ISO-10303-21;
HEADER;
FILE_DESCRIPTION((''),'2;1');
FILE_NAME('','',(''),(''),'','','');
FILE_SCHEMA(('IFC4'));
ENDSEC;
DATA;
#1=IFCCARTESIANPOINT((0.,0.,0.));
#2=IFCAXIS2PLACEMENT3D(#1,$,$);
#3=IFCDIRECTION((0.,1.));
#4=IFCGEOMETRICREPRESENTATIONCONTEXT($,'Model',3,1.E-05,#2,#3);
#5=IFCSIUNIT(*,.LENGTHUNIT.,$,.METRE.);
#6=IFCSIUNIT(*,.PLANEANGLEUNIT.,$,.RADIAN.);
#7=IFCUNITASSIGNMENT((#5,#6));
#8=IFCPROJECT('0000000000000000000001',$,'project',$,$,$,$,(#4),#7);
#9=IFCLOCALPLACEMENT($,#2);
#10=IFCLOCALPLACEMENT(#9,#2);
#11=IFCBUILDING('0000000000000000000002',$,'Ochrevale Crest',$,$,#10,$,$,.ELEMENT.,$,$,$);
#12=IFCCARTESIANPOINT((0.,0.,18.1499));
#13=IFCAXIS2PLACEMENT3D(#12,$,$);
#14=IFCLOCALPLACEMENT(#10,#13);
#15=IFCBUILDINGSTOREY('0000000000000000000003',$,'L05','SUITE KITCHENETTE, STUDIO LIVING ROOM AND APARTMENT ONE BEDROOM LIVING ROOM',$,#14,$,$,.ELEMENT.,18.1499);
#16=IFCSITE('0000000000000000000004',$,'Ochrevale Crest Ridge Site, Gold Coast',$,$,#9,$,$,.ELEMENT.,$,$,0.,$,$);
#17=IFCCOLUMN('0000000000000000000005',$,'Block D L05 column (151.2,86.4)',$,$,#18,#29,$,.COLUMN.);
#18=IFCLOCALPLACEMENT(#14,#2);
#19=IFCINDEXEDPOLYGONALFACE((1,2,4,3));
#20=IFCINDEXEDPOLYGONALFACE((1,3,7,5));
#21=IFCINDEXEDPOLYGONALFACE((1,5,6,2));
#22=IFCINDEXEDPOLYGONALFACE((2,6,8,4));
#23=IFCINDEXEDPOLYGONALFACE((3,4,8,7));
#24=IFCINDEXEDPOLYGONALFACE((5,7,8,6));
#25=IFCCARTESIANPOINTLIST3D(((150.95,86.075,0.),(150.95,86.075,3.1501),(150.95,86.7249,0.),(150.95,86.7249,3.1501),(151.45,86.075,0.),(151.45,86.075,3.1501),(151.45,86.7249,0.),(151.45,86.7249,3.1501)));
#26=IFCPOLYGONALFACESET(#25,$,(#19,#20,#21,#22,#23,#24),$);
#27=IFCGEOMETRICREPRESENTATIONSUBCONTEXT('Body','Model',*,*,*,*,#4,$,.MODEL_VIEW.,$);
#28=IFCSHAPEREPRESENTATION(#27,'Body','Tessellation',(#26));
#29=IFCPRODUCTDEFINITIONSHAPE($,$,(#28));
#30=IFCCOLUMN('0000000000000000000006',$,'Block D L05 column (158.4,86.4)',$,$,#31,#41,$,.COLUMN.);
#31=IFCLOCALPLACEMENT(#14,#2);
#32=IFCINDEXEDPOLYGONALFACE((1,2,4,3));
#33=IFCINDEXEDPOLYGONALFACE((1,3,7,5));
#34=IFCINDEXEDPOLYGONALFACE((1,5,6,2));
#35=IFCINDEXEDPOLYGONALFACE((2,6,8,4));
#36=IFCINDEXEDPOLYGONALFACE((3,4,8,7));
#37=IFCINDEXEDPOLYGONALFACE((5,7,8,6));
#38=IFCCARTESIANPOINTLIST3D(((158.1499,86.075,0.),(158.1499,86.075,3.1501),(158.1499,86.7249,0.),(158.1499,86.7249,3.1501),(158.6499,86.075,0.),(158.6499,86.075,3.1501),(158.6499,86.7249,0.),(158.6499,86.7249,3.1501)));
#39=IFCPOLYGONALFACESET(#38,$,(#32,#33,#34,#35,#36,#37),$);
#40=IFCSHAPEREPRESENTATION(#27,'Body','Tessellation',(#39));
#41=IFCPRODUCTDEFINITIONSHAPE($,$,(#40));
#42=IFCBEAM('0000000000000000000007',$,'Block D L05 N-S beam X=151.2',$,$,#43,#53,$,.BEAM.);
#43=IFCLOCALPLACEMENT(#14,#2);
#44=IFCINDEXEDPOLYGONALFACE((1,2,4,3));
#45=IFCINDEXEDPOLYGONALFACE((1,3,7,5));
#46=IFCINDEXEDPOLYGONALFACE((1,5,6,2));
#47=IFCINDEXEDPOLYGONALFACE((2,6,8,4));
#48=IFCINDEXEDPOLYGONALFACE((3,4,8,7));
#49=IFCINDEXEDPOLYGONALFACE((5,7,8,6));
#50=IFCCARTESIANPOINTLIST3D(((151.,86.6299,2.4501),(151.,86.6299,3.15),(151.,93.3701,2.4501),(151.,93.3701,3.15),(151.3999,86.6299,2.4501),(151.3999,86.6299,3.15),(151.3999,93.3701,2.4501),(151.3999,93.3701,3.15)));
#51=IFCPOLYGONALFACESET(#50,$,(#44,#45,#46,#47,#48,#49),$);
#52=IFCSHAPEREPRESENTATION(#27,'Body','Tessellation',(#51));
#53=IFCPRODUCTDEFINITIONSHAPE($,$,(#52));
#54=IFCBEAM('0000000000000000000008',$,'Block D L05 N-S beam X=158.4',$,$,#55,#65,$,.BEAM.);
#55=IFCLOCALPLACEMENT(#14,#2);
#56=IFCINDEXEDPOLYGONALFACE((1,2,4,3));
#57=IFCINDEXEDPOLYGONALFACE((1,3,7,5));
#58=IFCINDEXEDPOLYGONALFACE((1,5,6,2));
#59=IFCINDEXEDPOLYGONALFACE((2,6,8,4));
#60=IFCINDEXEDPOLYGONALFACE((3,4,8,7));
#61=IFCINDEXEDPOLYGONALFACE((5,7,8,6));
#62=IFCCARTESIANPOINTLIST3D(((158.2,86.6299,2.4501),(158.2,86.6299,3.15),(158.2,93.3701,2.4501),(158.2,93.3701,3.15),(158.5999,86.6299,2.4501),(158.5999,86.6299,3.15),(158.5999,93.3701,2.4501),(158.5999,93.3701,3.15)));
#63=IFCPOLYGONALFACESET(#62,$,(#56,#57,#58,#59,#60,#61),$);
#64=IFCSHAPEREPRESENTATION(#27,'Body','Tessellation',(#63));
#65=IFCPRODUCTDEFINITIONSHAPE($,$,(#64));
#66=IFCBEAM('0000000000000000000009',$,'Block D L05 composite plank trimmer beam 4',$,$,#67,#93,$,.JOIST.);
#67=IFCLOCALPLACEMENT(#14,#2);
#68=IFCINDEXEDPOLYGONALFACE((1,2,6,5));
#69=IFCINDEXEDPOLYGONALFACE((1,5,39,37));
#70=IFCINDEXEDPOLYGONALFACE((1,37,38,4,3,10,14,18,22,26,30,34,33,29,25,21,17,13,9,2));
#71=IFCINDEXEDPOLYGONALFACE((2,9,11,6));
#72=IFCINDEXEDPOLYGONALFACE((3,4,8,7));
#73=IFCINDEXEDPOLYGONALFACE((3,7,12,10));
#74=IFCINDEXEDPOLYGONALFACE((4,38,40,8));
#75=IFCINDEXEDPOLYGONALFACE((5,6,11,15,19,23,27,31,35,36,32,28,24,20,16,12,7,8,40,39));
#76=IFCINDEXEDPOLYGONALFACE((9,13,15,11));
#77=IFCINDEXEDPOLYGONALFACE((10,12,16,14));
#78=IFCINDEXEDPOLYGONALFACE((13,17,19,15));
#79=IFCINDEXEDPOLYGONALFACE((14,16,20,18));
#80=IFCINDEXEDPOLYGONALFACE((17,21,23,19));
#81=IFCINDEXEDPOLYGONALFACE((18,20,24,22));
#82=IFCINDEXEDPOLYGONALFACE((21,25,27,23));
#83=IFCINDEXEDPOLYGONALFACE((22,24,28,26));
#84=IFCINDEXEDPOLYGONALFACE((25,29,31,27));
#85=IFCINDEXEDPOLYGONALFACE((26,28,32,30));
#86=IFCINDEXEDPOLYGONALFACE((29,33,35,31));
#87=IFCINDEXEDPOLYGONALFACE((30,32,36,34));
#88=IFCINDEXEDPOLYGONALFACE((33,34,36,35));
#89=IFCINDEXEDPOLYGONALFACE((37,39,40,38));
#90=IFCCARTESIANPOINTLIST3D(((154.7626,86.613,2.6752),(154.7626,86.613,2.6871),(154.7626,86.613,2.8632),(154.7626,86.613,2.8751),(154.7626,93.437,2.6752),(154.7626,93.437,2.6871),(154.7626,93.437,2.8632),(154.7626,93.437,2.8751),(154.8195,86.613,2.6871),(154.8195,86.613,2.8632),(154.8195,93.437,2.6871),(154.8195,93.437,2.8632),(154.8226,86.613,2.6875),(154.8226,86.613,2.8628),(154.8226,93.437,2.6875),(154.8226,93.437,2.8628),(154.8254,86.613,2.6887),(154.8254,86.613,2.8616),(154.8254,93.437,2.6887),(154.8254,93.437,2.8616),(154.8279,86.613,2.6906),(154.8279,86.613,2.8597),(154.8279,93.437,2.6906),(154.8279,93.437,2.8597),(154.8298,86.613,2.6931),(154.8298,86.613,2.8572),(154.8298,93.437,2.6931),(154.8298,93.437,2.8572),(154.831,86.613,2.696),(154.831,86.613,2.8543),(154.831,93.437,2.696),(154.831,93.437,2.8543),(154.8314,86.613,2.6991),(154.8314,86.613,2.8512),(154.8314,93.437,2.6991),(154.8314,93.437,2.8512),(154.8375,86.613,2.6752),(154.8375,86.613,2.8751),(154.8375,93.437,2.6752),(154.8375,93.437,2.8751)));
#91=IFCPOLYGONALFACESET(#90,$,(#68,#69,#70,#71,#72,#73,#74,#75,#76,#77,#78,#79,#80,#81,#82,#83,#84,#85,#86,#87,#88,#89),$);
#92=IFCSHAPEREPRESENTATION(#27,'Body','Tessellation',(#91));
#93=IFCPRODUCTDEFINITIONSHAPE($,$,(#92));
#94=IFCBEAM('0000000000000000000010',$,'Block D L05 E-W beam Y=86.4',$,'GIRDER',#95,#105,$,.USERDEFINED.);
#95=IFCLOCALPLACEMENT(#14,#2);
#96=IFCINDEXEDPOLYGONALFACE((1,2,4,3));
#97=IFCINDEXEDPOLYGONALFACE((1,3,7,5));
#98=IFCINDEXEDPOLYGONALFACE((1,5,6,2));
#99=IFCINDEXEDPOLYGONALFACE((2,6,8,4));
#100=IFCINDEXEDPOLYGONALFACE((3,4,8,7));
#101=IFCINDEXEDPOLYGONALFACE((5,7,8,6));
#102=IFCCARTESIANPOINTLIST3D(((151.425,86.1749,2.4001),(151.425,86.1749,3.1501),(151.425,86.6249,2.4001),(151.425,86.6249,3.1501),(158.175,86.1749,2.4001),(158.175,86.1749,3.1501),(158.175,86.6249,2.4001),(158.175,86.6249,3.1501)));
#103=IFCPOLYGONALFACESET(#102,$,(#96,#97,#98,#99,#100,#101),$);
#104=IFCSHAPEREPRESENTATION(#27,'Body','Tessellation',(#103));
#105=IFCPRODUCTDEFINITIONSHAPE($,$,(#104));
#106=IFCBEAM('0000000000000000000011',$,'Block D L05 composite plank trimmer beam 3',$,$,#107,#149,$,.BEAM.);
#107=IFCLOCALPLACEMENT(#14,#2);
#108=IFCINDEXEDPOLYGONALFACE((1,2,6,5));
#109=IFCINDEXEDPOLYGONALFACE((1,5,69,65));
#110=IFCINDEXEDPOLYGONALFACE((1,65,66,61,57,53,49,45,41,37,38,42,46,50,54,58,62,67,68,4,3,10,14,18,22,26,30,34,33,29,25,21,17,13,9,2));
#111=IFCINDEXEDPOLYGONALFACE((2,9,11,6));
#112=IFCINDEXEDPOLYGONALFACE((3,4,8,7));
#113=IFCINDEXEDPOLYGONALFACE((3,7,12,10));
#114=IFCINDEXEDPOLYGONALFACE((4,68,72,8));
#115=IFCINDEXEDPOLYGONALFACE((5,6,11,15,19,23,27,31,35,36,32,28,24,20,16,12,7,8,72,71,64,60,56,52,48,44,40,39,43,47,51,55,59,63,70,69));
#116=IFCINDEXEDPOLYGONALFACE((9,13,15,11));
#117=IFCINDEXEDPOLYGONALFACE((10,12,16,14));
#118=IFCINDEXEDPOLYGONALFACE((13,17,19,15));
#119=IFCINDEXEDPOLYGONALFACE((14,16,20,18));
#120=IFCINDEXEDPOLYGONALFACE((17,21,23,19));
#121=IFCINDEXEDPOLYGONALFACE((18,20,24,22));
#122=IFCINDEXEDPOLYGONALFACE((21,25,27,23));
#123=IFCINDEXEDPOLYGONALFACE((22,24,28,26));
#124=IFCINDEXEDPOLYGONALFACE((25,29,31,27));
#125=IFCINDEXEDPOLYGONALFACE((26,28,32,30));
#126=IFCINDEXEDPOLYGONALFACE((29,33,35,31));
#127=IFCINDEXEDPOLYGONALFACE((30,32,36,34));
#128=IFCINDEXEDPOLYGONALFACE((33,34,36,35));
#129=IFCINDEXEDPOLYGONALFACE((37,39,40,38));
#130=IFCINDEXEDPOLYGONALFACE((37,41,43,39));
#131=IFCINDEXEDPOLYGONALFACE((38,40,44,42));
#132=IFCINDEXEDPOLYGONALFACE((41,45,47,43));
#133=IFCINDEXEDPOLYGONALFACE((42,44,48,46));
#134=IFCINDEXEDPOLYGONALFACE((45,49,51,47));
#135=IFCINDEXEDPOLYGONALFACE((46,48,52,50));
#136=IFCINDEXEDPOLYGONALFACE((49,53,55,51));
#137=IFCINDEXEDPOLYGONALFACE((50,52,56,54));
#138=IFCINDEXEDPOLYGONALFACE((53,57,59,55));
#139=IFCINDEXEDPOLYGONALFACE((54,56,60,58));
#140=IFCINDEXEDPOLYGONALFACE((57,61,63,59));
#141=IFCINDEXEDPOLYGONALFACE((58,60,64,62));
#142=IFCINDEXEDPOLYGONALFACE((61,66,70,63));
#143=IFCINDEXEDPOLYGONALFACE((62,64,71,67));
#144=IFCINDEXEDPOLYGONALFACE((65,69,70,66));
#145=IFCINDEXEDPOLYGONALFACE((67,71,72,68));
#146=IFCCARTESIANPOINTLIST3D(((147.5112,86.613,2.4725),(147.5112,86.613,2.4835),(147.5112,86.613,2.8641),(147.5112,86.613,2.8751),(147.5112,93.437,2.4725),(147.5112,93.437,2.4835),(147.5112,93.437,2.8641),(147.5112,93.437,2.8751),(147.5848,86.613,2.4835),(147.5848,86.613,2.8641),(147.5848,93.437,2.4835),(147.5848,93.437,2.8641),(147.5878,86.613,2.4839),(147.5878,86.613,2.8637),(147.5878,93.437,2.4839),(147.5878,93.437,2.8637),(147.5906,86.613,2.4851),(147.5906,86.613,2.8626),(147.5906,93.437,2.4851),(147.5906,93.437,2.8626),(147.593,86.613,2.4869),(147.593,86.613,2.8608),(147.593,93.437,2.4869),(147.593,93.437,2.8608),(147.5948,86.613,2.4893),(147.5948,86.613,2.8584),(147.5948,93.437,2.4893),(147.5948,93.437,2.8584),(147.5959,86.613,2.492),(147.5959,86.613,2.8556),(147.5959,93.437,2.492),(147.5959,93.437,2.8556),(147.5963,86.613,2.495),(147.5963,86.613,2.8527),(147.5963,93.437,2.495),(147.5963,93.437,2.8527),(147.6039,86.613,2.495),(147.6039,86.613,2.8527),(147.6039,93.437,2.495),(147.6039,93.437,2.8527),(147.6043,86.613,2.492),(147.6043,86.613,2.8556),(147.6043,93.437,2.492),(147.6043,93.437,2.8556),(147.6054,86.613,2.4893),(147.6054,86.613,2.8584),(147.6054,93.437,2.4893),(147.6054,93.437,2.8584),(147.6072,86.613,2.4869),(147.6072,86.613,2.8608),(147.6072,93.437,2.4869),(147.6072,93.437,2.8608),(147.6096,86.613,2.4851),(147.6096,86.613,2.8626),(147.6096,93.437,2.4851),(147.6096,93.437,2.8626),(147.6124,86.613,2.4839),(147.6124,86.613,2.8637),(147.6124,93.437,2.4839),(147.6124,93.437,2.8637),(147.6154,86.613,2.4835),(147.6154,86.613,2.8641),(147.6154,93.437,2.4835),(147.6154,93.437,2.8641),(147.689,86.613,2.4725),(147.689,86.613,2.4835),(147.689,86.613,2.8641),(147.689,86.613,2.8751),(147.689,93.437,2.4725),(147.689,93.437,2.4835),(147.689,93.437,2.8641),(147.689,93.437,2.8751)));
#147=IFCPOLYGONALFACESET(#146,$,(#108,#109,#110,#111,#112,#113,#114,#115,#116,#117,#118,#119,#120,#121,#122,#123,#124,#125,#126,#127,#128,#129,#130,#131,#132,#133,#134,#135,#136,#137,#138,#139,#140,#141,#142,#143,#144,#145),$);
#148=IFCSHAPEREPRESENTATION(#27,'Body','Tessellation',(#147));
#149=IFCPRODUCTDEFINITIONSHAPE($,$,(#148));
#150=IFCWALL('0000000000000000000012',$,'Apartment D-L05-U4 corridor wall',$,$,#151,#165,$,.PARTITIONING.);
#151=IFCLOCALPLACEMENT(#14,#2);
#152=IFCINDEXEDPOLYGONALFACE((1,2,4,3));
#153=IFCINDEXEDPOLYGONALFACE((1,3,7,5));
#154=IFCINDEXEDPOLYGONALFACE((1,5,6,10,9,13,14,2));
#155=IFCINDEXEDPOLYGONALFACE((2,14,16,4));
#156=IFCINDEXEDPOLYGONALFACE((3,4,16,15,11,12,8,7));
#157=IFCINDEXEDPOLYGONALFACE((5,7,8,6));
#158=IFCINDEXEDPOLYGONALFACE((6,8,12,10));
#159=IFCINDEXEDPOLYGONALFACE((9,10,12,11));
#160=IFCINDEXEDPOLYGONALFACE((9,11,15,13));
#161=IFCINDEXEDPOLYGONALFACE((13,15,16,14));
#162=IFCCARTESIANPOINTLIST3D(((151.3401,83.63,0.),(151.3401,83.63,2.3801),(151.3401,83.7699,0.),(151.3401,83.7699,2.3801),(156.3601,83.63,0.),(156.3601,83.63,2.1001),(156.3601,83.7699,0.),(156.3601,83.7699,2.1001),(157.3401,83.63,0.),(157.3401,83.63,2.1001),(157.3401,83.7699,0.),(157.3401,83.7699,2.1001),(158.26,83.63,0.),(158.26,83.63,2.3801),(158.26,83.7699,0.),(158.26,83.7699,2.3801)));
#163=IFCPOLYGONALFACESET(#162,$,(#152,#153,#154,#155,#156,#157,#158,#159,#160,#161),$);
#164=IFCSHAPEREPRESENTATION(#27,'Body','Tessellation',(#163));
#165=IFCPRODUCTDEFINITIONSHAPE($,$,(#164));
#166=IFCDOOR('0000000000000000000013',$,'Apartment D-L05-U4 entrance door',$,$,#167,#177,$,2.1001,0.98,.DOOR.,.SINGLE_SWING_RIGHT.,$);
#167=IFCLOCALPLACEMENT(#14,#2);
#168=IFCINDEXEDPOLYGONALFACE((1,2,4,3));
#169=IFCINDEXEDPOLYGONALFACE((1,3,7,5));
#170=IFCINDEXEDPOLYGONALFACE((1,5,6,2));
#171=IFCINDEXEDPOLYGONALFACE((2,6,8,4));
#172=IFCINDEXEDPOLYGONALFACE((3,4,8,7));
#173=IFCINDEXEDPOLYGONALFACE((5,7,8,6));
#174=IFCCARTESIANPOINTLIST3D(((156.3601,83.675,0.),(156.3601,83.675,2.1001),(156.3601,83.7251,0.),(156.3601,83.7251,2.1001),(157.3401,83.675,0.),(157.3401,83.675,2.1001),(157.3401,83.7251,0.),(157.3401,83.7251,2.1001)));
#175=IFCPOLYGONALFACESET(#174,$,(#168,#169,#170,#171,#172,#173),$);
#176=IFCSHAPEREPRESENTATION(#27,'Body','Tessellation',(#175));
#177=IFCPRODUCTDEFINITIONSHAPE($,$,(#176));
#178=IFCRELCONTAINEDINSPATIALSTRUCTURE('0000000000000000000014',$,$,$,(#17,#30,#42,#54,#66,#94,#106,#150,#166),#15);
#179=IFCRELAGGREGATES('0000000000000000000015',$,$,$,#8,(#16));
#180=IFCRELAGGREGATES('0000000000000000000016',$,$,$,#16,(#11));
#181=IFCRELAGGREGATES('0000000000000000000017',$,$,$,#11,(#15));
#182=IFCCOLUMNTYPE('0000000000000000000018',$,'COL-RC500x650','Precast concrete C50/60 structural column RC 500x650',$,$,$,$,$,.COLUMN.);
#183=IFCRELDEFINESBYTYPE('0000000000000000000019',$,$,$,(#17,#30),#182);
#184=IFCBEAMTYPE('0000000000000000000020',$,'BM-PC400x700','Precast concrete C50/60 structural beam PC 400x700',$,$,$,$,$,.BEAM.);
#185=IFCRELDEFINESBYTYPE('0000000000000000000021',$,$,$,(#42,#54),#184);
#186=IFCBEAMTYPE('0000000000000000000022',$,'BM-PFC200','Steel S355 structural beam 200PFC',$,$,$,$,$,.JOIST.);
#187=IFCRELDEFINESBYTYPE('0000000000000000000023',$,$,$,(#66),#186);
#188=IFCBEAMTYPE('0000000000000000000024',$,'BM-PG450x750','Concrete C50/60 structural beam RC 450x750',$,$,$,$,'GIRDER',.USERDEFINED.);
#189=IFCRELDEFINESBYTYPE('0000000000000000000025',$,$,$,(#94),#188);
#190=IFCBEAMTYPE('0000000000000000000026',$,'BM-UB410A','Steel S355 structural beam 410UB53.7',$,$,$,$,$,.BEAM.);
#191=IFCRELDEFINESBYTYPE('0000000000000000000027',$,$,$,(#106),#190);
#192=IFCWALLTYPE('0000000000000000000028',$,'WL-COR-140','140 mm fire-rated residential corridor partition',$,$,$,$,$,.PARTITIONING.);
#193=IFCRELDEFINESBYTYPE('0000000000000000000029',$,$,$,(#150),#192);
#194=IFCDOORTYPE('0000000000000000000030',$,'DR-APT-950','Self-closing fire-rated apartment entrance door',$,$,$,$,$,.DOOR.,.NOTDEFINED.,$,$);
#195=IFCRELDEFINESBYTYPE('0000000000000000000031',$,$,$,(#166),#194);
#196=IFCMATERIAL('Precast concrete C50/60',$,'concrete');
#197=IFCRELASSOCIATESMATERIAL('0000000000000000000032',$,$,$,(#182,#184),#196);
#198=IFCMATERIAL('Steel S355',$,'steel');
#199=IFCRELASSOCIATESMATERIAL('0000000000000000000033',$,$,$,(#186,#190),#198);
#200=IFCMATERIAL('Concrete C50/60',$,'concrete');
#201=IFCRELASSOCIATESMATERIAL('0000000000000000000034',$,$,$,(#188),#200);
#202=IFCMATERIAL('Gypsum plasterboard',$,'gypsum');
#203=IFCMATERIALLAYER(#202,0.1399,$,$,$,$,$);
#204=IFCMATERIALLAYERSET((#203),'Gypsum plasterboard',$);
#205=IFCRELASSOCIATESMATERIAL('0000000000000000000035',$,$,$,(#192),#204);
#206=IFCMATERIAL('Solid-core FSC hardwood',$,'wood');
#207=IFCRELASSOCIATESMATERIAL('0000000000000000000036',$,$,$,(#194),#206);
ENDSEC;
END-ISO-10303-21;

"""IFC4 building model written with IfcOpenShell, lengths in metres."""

from ifc_helpers import new_model, si_unit, direction, frame, frame_2d, origin, origin_2d, place, context, subcontext, project, spatial, rectangle, i_section, u_section, extrude, material, layer, layer_set, material_profile, profile_set, type_object, element, fill, save


model = new_model("IFC4")

# Units and contexts
model_context = context("Model", 3, precision=1e-05, world=origin(), true_north=direction((0.0, 1.0)))
body_context = subcontext(model_context, "Body", "Model", "MODEL_VIEW")
ifc_project = project(units=[si_unit("LENGTHUNIT", "METRE"), si_unit("PLANEANGLEUNIT", "RADIAN")], contexts=[model_context])

# Site, building, storey
site_placement = place(None, origin())
site = spatial("IfcSite", under=ifc_project, at=site_placement, Name="Ochrevale Crest Ridge Site, Gold Coast", CompositionType="ELEMENT", RefElevation=0.0)
building_placement = place(site_placement, origin())
building = spatial("IfcBuilding", under=site, at=building_placement, Name="Ochrevale Crest", CompositionType="ELEMENT")
storey_placement = place(building_placement, frame((0.0, 0.0, 18.1499)))
storey = spatial("IfcBuildingStorey", under=building, at=storey_placement, Name="L05", Description="SUITE KITCHENETTE, STUDIO LIVING ROOM AND APARTMENT ONE BEDROOM LIVING ROOM", CompositionType="ELEMENT", Elevation=18.1499)

# Columns
ifc_material_1 = material(Name="Precast concrete C50/60", Category="concrete")
ifc_material_profile_1 = material_profile(ifc_material_1, rectangle(XDim=0.5, YDim=0.6499, at=origin_2d()), Name="RC 500x650")
ifc_profile_set_1 = profile_set([ifc_material_profile_1], Name="Precast concrete C50/60")
column_type = type_object("IfcColumnType", Name="COL-RC500x650", Description="Precast concrete C50/60 structural column RC 500x650", PredefinedType="COLUMN", material=ifc_profile_set_1)
for number, where, z_axis, x_axis, name in (
    (1, (151.2, 86.3999, 0.0), (0.0, 0.0, 1.0), (1.0, 0.0, 0.0), "Block D L05 column (151.2,86.4)"),
    (2, (158.3999, 86.3999, 0.0), (0.0, 0.0, 1.0), (1.0, 0.0, 0.0), "Block D L05 column (158.4,86.4)"),
):
    element("IfcColumn", number, at=place(storey_placement, frame(where, z_axis=z_axis, x_axis=x_axis)), inside=storey, type_object=column_type, Name=name, PredefinedType="COLUMN", context=body_context, shape_type="SweptSolid", body=[
        extrude(rectangle(XDim=0.5, YDim=0.6499, at=origin_2d()), origin(), (0.0, 0.0, 1.0), 3.1501),
    ])

# Beams
ifc_material_profile_2 = material_profile(ifc_material_1, rectangle(XDim=0.3999, YDim=0.7, at=origin_2d()), Name="PC 400x700")
ifc_profile_set_2 = profile_set([ifc_material_profile_2], Name="Precast concrete C50/60")
beam_type_1 = type_object("IfcBeamType", Name="BM-PC400x700", Description="Precast concrete C50/60 structural beam PC 400x700", PredefinedType="BEAM", material=ifc_profile_set_2)
for number, where, z_axis, x_axis, name in (
    (3, (151.2, 86.6299, 2.8), (0.0, 1.0, 0.0), (-1.0, 0.0, 0.0), "Block D L05 N-S beam X=151.2"),
    (4, (158.3999, 86.6299, 2.8), (0.0, 1.0, 0.0), (-1.0, 0.0, 0.0), "Block D L05 N-S beam X=158.4"),
):
    element("IfcBeam", number, at=place(storey_placement, frame(where, z_axis=z_axis, x_axis=x_axis)), inside=storey, type_object=beam_type_1, Name=name, PredefinedType="BEAM", context=body_context, shape_type="SweptSolid", body=[
        extrude(rectangle(XDim=0.3999, YDim=0.7, at=origin_2d()), origin(), (0.0, 0.0, 1.0), 6.7402),
    ])
ifc_material_2 = material(Name="Steel S355", Category="steel")
ifc_material_profile_3 = material_profile(ifc_material_2, u_section(Depth=0.2, FlangeWidth=0.075, WebThickness=0.0061, FlangeThickness=0.012, FilletRadius=0.012, at=origin_2d()), Name="200PFC")
ifc_profile_set_3 = profile_set([ifc_material_profile_3], Name="Steel S355")
beam_type_2 = type_object("IfcBeamType", Name="BM-PFC200", Description="Steel S355 structural beam 200PFC", PredefinedType="JOIST", material=ifc_profile_set_3)
beam_1_placement = place(storey_placement, frame((154.8, 86.613, 2.7751), z_axis=(0.0, 1.0, 0.0), x_axis=(-1.0, 0.0, 0.0)))
element("IfcBeam", 5, at=beam_1_placement, inside=storey, type_object=beam_type_2, Name="Block D L05 composite plank trimmer beam 4", PredefinedType="JOIST", context=body_context, shape_type="SweptSolid", body=[
    extrude(u_section(Depth=0.2, FlangeWidth=0.075, WebThickness=0.0061, FlangeThickness=0.012, FilletRadius=0.012, at=origin_2d()), origin(), (0.0, 0.0, 1.0), 6.824),
])
ifc_material_3 = material(Name="Concrete C50/60", Category="concrete")
ifc_material_profile_4 = material_profile(ifc_material_3, rectangle(XDim=0.45, YDim=0.75, at=origin_2d()), Name="RC 450x750")
ifc_profile_set_4 = profile_set([ifc_material_profile_4], Name="Concrete C50/60")
beam_type_3 = type_object("IfcBeamType", Name="BM-PG450x750", Description="Concrete C50/60 structural beam RC 450x750", ElementType="GIRDER", PredefinedType="USERDEFINED", material=ifc_profile_set_4)
beam_2_placement = place(storey_placement, frame((151.425, 86.3999, 2.7751), z_axis=(1.0, 0.0, 0.0), x_axis=(0.0, 1.0, 0.0)))
element("IfcBeam", 6, at=beam_2_placement, inside=storey, type_object=beam_type_3, Name="Block D L05 E-W beam Y=86.4", ObjectType="GIRDER", PredefinedType="USERDEFINED", context=body_context, shape_type="SweptSolid", body=[
    extrude(rectangle(XDim=0.45, YDim=0.75, at=origin_2d()), origin(), (0.0, 0.0, 1.0), 6.75),
])
ifc_material_profile_5 = material_profile(ifc_material_2, i_section(OverallWidth=0.1777, OverallDepth=0.4026, WebThickness=0.0076, FlangeThickness=0.011, FilletRadius=0.0115, at=origin_2d()), Name="410UB53.7")
ifc_profile_set_5 = profile_set([ifc_material_profile_5], Name="Steel S355")
beam_type_4 = type_object("IfcBeamType", Name="BM-UB410A", Description="Steel S355 structural beam 410UB53.7", PredefinedType="BEAM", material=ifc_profile_set_5)
beam_3_placement = place(storey_placement, frame((147.6001, 86.613, 2.6738), z_axis=(0.0, 1.0, 0.0), x_axis=(-1.0, 0.0, 0.0)))
element("IfcBeam", 7, at=beam_3_placement, inside=storey, type_object=beam_type_4, Name="Block D L05 composite plank trimmer beam 3", PredefinedType="BEAM", context=body_context, shape_type="SweptSolid", body=[
    extrude(i_section(OverallWidth=0.1777, OverallDepth=0.4026, WebThickness=0.0076, FlangeThickness=0.011, FilletRadius=0.0115, at=origin_2d()), origin(), (0.0, 0.0, 1.0), 6.824),
])

# Wall, opening, door
ifc_material_4 = material(Name="Gypsum plasterboard", Category="gypsum")
ifc_layer_1 = layer(ifc_material_4, 0.1399)
ifc_layer_set_1 = layer_set([ifc_layer_1], Name="Gypsum plasterboard")
wall_type_1 = type_object("IfcWallType", Name="WL-COR-140", Description="140 mm fire-rated residential corridor partition", PredefinedType="PARTITIONING", material=ifc_layer_set_1)
wall_1_placement = place(storey_placement, frame((151.3401, 83.7, 0.0), z_axis=(0.0, 0.0, 1.0), x_axis=(1.0, 0.0, 0.0)))
wall_1 = element("IfcWall", 8, at=wall_1_placement, inside=storey, type_object=wall_type_1, Name="Apartment D-L05-U4 corridor wall", PredefinedType="PARTITIONING", context=body_context, shape_type="SweptSolid", body=[
    extrude(rectangle(XDim=6.9199, YDim=0.1399, at=frame_2d((3.46, 0.0))), origin(), (0.0, 0.0, 1.0), 2.3801),
])
opening_1_placement = place(wall_1_placement, frame((6.0, 0.0, 0.0), z_axis=(0.0, 0.0, 1.0), x_axis=(-1.0, 0.0, 0.0)))
opening_1 = element("IfcOpeningElement", 9, at=opening_1_placement, cuts=wall_1, PredefinedType="OPENING", context=body_context, shape_type="SweptSolid", body=[
    extrude(rectangle(XDim=0.98, YDim=2.1001, at=frame_2d((0.49, 1.05))), frame((0.0, 0.0801, 0.0), z_axis=(0.0, -1.0, 0.0), x_axis=(1.0, 0.0, 0.0)), (0.0, 0.0, 1.0), 0.1599),
])
ifc_material_5 = material(Name="Solid-core FSC hardwood", Category="wood")
door_type_1 = type_object("IfcDoorType", Name="DR-APT-950", Description="Self-closing fire-rated apartment entrance door", OperationType="NOTDEFINED", PredefinedType="DOOR", material=ifc_material_5)
door_1_placement = place(opening_1_placement, origin())
door_1 = element("IfcDoor", 10, at=door_1_placement, inside=storey, type_object=door_type_1, Name="Apartment D-L05-U4 entrance door", OperationType="SINGLE_SWING_RIGHT", OverallHeight=2.1001, OverallWidth=0.98, PredefinedType="DOOR", context=body_context, shape_type="SweptSolid", body=[
    extrude(rectangle(XDim=0.98, YDim=2.1001, at=frame_2d((0.49, 1.05))), frame((0.0, 0.0249, 0.0), z_axis=(0.0, -1.0, 0.0), x_axis=(1.0, 0.0, 0.0)), (0.0, 0.0, 1.0), 0.05),
])
fill(opening_1, door_1)

save(model, "model.ifc")
